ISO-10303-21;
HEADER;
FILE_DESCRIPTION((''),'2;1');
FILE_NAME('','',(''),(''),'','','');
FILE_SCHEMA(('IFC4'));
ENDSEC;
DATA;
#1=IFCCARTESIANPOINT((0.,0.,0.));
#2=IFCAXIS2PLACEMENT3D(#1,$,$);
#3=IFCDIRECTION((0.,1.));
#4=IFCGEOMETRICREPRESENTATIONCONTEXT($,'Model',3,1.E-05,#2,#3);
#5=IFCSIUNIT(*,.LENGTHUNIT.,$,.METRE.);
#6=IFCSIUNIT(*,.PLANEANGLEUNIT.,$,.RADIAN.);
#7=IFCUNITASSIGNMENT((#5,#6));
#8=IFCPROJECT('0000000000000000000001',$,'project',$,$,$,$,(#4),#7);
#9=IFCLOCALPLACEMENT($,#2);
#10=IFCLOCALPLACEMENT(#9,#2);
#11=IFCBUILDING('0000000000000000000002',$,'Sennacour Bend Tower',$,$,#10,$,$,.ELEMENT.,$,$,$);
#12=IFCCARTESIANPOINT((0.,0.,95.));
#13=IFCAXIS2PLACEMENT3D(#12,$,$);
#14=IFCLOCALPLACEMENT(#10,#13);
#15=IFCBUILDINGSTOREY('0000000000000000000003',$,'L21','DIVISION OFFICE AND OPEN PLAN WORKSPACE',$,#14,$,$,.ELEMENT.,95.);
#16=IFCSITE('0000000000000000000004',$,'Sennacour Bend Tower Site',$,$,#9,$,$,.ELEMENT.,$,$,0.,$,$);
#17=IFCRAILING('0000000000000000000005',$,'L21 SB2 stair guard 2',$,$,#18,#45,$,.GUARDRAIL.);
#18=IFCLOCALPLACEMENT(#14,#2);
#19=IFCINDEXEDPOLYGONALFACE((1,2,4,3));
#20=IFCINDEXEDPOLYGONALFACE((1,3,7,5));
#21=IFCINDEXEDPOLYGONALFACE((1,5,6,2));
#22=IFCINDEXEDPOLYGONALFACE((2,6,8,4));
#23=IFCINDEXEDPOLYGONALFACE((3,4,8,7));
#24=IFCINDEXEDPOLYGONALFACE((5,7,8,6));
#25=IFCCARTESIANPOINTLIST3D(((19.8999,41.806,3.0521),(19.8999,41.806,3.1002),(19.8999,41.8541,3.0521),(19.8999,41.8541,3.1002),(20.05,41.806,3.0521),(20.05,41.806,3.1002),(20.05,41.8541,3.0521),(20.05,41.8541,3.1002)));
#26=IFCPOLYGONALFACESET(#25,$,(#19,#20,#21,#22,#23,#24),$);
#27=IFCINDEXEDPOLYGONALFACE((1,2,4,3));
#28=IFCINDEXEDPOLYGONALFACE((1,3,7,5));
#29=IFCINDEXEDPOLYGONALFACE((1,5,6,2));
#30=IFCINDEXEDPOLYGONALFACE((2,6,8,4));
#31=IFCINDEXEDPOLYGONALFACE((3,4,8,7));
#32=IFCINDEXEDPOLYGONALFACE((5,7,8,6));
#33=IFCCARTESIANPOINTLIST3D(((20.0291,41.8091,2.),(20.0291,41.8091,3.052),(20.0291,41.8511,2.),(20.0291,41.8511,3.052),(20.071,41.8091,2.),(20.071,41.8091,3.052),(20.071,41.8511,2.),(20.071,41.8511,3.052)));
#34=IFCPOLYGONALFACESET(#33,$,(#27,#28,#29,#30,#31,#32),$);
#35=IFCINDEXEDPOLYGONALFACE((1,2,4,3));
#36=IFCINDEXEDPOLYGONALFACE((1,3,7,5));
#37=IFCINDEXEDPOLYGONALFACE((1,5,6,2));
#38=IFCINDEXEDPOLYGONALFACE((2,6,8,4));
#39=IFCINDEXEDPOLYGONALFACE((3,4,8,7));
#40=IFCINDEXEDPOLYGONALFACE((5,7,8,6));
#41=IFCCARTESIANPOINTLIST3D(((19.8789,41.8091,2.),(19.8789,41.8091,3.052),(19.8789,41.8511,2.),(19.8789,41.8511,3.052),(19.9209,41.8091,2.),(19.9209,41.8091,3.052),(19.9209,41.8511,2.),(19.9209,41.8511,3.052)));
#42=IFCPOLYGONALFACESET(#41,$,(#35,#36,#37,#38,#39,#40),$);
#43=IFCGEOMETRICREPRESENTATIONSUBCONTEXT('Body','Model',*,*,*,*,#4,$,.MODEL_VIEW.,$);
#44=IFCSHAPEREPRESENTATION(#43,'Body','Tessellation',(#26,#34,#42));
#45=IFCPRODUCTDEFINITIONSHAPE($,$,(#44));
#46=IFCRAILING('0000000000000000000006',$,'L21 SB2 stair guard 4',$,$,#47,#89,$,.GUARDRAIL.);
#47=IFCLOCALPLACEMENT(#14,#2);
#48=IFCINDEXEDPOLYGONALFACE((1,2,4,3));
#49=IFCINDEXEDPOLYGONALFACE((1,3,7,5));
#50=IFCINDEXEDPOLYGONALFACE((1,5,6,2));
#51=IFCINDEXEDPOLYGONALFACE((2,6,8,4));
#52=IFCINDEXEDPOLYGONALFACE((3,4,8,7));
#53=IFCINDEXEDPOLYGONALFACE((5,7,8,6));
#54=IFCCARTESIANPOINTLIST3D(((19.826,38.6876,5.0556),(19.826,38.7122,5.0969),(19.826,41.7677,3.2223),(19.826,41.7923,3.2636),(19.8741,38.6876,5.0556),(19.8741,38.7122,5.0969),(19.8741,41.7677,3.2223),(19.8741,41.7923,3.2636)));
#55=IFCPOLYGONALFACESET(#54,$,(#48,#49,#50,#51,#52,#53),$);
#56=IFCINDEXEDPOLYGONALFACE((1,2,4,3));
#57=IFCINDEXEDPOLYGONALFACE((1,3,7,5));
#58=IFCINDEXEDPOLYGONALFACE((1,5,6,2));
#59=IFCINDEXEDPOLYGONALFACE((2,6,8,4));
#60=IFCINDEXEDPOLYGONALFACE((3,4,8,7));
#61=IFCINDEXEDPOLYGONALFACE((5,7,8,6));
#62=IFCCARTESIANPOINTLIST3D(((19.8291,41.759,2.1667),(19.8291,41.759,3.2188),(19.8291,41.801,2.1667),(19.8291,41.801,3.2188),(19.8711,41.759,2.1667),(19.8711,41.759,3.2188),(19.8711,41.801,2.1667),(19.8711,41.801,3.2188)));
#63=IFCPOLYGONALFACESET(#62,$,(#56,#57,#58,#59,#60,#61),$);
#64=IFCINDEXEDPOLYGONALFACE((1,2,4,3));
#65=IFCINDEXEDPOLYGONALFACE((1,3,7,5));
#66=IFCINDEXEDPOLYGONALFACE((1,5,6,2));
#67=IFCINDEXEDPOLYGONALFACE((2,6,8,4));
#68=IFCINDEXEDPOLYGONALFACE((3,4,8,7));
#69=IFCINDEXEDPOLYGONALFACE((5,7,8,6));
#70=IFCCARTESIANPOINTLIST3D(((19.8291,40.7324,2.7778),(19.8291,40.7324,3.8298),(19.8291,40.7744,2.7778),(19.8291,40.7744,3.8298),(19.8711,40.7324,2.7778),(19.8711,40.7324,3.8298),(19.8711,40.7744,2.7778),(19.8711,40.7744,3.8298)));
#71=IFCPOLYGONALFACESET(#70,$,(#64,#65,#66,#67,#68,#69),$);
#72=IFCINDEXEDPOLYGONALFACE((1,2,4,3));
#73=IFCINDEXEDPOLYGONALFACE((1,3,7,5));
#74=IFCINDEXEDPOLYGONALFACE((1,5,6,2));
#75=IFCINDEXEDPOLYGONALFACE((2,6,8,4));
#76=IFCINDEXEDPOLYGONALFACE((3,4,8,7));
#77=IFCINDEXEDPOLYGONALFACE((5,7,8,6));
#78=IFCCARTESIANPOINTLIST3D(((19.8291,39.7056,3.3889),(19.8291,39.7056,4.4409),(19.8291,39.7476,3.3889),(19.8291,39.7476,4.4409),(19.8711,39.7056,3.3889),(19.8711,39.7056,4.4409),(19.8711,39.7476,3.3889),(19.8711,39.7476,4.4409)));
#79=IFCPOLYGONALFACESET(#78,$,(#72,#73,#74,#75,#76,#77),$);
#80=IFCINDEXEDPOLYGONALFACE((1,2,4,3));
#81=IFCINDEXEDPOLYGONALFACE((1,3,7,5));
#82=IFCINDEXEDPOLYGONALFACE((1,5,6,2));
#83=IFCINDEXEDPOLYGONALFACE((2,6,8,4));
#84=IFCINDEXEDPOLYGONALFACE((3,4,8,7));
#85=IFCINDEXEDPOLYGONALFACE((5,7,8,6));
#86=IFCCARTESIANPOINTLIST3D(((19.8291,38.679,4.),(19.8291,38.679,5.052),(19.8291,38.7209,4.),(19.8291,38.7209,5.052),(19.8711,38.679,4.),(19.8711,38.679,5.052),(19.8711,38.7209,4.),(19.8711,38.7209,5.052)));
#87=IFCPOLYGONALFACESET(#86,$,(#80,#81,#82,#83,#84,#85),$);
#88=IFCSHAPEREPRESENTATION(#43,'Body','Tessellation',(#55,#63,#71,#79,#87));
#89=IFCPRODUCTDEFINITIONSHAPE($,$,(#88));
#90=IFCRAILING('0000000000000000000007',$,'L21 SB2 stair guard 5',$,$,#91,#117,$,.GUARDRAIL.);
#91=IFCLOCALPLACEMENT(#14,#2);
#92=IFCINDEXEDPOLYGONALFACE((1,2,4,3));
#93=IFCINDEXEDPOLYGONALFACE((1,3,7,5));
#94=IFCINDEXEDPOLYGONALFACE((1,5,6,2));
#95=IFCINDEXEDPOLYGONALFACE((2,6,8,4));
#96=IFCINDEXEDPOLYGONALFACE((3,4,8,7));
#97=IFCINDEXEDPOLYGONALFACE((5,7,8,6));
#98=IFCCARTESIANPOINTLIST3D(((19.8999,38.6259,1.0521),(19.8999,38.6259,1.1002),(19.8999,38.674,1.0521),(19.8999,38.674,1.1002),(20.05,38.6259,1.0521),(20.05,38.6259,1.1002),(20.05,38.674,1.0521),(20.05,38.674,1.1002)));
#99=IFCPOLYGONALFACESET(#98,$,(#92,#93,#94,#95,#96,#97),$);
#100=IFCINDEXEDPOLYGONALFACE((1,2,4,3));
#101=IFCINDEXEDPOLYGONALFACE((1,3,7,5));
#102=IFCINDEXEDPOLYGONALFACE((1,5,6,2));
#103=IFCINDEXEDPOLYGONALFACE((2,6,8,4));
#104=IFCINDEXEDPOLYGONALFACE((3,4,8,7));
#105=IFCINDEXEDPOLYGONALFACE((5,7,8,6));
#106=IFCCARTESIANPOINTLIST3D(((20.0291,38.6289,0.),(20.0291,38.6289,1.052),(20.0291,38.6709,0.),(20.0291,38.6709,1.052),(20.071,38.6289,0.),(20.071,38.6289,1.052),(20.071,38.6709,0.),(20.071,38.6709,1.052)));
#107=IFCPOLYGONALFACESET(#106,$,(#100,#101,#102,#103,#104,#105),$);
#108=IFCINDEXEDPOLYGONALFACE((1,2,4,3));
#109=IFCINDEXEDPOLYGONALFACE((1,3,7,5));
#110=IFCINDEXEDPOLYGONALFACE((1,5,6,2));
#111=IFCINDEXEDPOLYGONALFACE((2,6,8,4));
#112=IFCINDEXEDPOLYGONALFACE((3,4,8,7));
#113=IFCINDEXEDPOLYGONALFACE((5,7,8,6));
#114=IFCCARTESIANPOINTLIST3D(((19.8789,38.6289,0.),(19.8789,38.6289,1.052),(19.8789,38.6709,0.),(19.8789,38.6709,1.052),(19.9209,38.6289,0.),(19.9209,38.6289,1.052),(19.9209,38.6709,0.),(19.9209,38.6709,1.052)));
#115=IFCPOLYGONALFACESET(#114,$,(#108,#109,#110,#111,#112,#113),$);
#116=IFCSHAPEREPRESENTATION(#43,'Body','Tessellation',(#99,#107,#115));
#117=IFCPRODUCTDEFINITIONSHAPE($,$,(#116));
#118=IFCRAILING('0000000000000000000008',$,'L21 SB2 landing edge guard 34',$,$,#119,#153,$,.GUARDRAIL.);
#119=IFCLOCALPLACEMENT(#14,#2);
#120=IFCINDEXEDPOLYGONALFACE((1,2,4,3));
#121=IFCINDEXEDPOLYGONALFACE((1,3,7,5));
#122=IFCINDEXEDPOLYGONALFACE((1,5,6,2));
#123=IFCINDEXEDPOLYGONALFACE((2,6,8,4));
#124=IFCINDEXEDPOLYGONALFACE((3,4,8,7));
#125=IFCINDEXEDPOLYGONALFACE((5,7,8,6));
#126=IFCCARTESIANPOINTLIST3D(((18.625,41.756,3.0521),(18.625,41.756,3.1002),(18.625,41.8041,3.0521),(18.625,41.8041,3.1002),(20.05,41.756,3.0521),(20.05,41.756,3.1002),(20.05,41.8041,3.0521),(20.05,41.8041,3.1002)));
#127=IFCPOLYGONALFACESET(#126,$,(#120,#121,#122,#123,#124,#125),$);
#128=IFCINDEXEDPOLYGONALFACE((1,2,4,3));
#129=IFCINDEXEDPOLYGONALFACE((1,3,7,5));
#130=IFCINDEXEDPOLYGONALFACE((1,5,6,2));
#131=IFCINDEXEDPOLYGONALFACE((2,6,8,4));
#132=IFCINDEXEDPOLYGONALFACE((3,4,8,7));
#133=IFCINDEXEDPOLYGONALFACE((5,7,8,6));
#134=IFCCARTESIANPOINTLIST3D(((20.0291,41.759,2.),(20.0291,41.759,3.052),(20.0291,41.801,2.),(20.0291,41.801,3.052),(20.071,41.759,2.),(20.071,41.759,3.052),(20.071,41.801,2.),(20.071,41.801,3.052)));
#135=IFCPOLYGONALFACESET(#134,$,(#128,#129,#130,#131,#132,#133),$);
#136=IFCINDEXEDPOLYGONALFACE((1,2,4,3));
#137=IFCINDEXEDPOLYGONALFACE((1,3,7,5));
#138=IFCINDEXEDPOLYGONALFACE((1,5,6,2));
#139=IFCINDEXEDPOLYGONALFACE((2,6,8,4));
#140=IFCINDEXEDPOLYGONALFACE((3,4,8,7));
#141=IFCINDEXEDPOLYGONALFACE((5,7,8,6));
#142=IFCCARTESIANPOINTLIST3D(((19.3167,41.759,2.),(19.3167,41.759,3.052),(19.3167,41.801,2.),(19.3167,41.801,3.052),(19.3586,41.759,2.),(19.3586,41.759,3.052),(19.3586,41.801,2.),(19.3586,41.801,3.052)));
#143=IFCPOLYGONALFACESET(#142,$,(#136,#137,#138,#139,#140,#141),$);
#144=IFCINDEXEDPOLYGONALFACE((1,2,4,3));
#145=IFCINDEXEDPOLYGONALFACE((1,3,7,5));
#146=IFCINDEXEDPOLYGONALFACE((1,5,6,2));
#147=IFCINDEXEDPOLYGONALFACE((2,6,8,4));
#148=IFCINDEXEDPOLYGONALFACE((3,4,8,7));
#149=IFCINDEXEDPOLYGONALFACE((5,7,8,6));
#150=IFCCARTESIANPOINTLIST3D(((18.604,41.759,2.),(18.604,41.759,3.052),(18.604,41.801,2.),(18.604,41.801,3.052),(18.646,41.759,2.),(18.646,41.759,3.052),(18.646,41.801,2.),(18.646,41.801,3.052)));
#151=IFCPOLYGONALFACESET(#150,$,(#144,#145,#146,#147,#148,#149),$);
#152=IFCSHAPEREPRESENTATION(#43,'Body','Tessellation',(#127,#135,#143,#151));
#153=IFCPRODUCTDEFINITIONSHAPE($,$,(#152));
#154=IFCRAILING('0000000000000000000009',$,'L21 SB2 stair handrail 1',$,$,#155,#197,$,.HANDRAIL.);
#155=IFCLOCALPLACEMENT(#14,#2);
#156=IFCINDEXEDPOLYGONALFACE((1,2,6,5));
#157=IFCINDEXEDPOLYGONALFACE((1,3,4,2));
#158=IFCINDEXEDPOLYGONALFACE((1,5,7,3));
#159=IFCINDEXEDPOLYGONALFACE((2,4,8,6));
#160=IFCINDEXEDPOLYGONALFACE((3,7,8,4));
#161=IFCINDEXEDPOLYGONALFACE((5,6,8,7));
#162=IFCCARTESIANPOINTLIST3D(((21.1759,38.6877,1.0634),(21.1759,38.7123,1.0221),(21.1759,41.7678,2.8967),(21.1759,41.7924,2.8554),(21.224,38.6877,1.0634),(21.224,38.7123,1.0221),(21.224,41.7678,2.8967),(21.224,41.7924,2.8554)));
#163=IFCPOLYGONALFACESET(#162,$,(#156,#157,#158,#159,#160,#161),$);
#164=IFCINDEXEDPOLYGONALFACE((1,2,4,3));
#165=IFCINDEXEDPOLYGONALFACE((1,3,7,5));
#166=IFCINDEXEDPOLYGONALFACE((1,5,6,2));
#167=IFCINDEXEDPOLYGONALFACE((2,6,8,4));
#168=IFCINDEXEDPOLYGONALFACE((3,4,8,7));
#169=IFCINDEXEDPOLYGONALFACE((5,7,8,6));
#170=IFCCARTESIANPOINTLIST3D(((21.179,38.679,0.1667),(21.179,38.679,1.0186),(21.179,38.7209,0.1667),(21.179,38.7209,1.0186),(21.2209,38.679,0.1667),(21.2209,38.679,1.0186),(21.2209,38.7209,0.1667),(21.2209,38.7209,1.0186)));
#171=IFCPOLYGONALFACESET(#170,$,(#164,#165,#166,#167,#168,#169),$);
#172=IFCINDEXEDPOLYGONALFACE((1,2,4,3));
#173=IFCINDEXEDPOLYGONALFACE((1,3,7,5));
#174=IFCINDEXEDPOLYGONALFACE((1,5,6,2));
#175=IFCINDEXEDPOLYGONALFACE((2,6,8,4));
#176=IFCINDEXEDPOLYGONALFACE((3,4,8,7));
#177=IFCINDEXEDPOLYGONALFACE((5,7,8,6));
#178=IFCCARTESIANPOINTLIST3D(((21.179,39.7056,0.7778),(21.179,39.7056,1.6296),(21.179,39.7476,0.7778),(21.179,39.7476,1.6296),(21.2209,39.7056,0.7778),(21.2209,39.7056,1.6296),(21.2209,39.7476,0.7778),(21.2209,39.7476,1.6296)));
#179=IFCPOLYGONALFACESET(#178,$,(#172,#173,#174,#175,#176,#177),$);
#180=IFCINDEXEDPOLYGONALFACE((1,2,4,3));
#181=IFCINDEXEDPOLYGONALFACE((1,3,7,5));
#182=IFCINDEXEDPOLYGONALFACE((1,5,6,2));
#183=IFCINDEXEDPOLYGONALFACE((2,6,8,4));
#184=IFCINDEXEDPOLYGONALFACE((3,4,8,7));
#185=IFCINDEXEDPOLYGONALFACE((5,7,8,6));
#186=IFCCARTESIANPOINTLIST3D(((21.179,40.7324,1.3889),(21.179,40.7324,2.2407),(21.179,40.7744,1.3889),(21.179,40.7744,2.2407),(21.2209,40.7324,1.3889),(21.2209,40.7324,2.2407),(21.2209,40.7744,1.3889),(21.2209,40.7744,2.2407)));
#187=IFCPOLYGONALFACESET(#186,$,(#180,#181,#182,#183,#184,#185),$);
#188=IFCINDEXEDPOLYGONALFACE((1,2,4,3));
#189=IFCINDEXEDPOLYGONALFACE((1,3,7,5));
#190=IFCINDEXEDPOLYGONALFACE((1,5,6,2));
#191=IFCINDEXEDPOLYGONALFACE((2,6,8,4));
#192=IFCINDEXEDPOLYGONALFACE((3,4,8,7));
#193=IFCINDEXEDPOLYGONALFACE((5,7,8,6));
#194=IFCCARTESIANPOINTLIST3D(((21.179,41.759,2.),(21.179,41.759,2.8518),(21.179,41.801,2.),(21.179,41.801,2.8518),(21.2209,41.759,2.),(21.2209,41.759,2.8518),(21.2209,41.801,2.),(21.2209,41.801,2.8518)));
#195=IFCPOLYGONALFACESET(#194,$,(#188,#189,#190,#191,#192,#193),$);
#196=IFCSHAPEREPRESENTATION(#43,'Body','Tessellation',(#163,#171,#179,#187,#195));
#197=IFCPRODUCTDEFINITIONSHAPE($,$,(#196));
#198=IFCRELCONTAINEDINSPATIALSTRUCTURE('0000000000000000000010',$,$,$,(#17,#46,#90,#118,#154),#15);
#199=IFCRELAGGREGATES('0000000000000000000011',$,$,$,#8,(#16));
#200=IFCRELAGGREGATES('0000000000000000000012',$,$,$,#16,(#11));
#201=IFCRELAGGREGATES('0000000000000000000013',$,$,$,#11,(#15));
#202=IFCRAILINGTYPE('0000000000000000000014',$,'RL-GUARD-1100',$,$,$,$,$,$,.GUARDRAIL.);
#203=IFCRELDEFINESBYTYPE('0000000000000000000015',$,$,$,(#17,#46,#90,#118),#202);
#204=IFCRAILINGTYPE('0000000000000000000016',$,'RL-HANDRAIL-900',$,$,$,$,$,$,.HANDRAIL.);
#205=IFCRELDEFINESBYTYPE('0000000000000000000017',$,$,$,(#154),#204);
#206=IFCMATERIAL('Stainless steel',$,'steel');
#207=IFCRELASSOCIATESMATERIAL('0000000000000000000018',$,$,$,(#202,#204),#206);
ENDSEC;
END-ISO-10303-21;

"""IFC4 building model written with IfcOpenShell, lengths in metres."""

from ifc_helpers import new_model, si_unit, direction, frame, origin, origin_2d, place, context, subcontext, project, spatial, rectangle, extrude, material, type_object, element, save


model = new_model("IFC4")

# Units and contexts
model_context = context("Model", 3, precision=1e-05, world=origin(), true_north=direction((0.0, 1.0)))
body_context = subcontext(model_context, "Body", "Model", "MODEL_VIEW")
ifc_project = project(units=[si_unit("LENGTHUNIT", "METRE"), si_unit("PLANEANGLEUNIT", "RADIAN")], contexts=[model_context])

# Site, building, storey
site_placement = place(None, origin())
site = spatial("IfcSite", under=ifc_project, at=site_placement, Name="Sennacour Bend Tower Site", CompositionType="ELEMENT", RefElevation=0.0)
building_placement = place(site_placement, origin())
building = spatial("IfcBuilding", under=site, at=building_placement, Name="Sennacour Bend Tower", CompositionType="ELEMENT")
storey_placement = place(building_placement, frame((0.0, 0.0, 95.0)))
storey = spatial("IfcBuildingStorey", under=building, at=storey_placement, Name="L21", Description="DIVISION OFFICE AND OPEN PLAN WORKSPACE", CompositionType="ELEMENT", Elevation=95.0)

# Shared definitions
ifc_material_1 = material(Name="Stainless steel", Category="steel")

# Railings
railing_type_1 = type_object("IfcRailingType", Name="RL-GUARD-1100", PredefinedType="GUARDRAIL", material=ifc_material_1)
railing_1_placement = place(storey_placement, frame((20.05, 41.8301, 2.0)))
element("IfcRailing", 1, at=railing_1_placement, inside=storey, type_object=railing_type_1, Name="L21 SB2 stair guard 2", PredefinedType="GUARDRAIL", context=body_context, shape_type="SweptSolid", body=[
    extrude(rectangle(XDim=0.0481, YDim=0.0481, at=origin_2d()), frame((0.0, 0.0, 1.0762), z_axis=(-1.0, 0.0, 0.0), x_axis=(0.0, -1.0, 0.0)), (0.0, 0.0, 1.0), 0.1501),
    extrude(rectangle(XDim=0.042, YDim=0.042, at=origin_2d()), origin(), (0.0, 0.0, 1.0), 1.052),
    extrude(rectangle(XDim=0.042, YDim=0.042, at=origin_2d()), frame((-0.1501, 0.0, 0.0)), (0.0, 0.0, 1.0), 1.052),
])
railing_2_placement = place(storey_placement, frame((19.8501, 41.78, 2.1667)))
element("IfcRailing", 2, at=railing_2_placement, inside=storey, type_object=railing_type_1, Name="L21 SB2 stair guard 4", PredefinedType="GUARDRAIL", context=body_context, shape_type="SweptSolid", body=[
    extrude(rectangle(XDim=0.0481, YDim=0.0481, at=origin_2d()), frame((0.0, 0.0, 1.0762), z_axis=(0.0, -0.859309, 0.511458), x_axis=(1.0, 0.0, 0.0)), (0.0, 0.0, 1.0), 3.5845),
    extrude(rectangle(XDim=0.042, YDim=0.042, at=origin_2d()), origin(), (0.0, 0.0, 1.0), 1.052),
    extrude(rectangle(XDim=0.042, YDim=0.042, at=origin_2d()), frame((0.0, -1.0266, 0.6111)), (0.0, 0.0, 1.0), 1.052),
    extrude(rectangle(XDim=0.042, YDim=0.042, at=origin_2d()), frame((0.0, -2.0535, 1.2222)), (0.0, 0.0, 1.0), 1.052),
    extrude(rectangle(XDim=0.042, YDim=0.042, at=origin_2d()), frame((0.0, -3.0801, 1.8333)), (0.0, 0.0, 1.0), 1.052),
])
railing_3_placement = place(storey_placement, frame((20.05, 38.6499, 0.0)))
element("IfcRailing", 3, at=railing_3_placement, inside=storey, type_object=railing_type_1, Name="L21 SB2 stair guard 5", PredefinedType="GUARDRAIL", context=body_context, shape_type="SweptSolid", body=[
    extrude(rectangle(XDim=0.0481, YDim=0.0481, at=origin_2d()), frame((0.0, 0.0, 1.0762), z_axis=(-1.0, 0.0, 0.0), x_axis=(0.0, -1.0, 0.0)), (0.0, 0.0, 1.0), 0.1501),
    extrude(rectangle(XDim=0.042, YDim=0.042, at=origin_2d()), origin(), (0.0, 0.0, 1.0), 1.052),
    extrude(rectangle(XDim=0.042, YDim=0.042, at=origin_2d()), frame((-0.1501, 0.0, 0.0)), (0.0, 0.0, 1.0), 1.052),
])
railing_4_placement = place(storey_placement, frame((20.05, 41.78, 2.0)))
element("IfcRailing", 4, at=railing_4_placement, inside=storey, type_object=railing_type_1, Name="L21 SB2 landing edge guard 34", PredefinedType="GUARDRAIL", context=body_context, shape_type="SweptSolid", body=[
    extrude(rectangle(XDim=0.0481, YDim=0.0481, at=origin_2d()), frame((0.0, 0.0, 1.0762), z_axis=(-1.0, 0.0, 0.0), x_axis=(0.0, -1.0, 0.0)), (0.0, 0.0, 1.0), 1.425),
    extrude(rectangle(XDim=0.042, YDim=0.042, at=origin_2d()), origin(), (0.0, 0.0, 1.0), 1.052),
    extrude(rectangle(XDim=0.042, YDim=0.042, at=origin_2d()), frame((-0.7124, 0.0, 0.0)), (0.0, 0.0, 1.0), 1.052),
    extrude(rectangle(XDim=0.042, YDim=0.042, at=origin_2d()), frame((-1.425, 0.0, 0.0)), (0.0, 0.0, 1.0), 1.052),
])
railing_type_2 = type_object("IfcRailingType", Name="RL-HANDRAIL-900", PredefinedType="HANDRAIL", material=ifc_material_1)
railing_5_placement = place(storey_placement, frame((21.2, 38.7, 0.1667)))
element("IfcRailing", 5, at=railing_5_placement, inside=storey, type_object=railing_type_2, Name="L21 SB2 stair handrail 1", PredefinedType="HANDRAIL", context=body_context, shape_type="SweptSolid", body=[
    extrude(rectangle(XDim=0.0481, YDim=0.0481, at=origin_2d()), frame((0.0, 0.0, 0.876), z_axis=(0.0, 0.859309, 0.511458), x_axis=(-1.0, 0.0, 0.0)), (0.0, 0.0, 1.0), 3.5845),
    extrude(rectangle(XDim=0.042, YDim=0.042, at=origin_2d()), origin(), (0.0, 0.0, 1.0), 0.8518),
    extrude(rectangle(XDim=0.042, YDim=0.042, at=origin_2d()), frame((0.0, 1.0266, 0.6111)), (0.0, 0.0, 1.0), 0.8518),
    extrude(rectangle(XDim=0.042, YDim=0.042, at=origin_2d()), frame((0.0, 2.0535, 1.2222)), (0.0, 0.0, 1.0), 0.8518),
    extrude(rectangle(XDim=0.042, YDim=0.042, at=origin_2d()), frame((0.0, 3.0801, 1.8333)), (0.0, 0.0, 1.0), 0.8518),
])

save(model, "model.ifc")
